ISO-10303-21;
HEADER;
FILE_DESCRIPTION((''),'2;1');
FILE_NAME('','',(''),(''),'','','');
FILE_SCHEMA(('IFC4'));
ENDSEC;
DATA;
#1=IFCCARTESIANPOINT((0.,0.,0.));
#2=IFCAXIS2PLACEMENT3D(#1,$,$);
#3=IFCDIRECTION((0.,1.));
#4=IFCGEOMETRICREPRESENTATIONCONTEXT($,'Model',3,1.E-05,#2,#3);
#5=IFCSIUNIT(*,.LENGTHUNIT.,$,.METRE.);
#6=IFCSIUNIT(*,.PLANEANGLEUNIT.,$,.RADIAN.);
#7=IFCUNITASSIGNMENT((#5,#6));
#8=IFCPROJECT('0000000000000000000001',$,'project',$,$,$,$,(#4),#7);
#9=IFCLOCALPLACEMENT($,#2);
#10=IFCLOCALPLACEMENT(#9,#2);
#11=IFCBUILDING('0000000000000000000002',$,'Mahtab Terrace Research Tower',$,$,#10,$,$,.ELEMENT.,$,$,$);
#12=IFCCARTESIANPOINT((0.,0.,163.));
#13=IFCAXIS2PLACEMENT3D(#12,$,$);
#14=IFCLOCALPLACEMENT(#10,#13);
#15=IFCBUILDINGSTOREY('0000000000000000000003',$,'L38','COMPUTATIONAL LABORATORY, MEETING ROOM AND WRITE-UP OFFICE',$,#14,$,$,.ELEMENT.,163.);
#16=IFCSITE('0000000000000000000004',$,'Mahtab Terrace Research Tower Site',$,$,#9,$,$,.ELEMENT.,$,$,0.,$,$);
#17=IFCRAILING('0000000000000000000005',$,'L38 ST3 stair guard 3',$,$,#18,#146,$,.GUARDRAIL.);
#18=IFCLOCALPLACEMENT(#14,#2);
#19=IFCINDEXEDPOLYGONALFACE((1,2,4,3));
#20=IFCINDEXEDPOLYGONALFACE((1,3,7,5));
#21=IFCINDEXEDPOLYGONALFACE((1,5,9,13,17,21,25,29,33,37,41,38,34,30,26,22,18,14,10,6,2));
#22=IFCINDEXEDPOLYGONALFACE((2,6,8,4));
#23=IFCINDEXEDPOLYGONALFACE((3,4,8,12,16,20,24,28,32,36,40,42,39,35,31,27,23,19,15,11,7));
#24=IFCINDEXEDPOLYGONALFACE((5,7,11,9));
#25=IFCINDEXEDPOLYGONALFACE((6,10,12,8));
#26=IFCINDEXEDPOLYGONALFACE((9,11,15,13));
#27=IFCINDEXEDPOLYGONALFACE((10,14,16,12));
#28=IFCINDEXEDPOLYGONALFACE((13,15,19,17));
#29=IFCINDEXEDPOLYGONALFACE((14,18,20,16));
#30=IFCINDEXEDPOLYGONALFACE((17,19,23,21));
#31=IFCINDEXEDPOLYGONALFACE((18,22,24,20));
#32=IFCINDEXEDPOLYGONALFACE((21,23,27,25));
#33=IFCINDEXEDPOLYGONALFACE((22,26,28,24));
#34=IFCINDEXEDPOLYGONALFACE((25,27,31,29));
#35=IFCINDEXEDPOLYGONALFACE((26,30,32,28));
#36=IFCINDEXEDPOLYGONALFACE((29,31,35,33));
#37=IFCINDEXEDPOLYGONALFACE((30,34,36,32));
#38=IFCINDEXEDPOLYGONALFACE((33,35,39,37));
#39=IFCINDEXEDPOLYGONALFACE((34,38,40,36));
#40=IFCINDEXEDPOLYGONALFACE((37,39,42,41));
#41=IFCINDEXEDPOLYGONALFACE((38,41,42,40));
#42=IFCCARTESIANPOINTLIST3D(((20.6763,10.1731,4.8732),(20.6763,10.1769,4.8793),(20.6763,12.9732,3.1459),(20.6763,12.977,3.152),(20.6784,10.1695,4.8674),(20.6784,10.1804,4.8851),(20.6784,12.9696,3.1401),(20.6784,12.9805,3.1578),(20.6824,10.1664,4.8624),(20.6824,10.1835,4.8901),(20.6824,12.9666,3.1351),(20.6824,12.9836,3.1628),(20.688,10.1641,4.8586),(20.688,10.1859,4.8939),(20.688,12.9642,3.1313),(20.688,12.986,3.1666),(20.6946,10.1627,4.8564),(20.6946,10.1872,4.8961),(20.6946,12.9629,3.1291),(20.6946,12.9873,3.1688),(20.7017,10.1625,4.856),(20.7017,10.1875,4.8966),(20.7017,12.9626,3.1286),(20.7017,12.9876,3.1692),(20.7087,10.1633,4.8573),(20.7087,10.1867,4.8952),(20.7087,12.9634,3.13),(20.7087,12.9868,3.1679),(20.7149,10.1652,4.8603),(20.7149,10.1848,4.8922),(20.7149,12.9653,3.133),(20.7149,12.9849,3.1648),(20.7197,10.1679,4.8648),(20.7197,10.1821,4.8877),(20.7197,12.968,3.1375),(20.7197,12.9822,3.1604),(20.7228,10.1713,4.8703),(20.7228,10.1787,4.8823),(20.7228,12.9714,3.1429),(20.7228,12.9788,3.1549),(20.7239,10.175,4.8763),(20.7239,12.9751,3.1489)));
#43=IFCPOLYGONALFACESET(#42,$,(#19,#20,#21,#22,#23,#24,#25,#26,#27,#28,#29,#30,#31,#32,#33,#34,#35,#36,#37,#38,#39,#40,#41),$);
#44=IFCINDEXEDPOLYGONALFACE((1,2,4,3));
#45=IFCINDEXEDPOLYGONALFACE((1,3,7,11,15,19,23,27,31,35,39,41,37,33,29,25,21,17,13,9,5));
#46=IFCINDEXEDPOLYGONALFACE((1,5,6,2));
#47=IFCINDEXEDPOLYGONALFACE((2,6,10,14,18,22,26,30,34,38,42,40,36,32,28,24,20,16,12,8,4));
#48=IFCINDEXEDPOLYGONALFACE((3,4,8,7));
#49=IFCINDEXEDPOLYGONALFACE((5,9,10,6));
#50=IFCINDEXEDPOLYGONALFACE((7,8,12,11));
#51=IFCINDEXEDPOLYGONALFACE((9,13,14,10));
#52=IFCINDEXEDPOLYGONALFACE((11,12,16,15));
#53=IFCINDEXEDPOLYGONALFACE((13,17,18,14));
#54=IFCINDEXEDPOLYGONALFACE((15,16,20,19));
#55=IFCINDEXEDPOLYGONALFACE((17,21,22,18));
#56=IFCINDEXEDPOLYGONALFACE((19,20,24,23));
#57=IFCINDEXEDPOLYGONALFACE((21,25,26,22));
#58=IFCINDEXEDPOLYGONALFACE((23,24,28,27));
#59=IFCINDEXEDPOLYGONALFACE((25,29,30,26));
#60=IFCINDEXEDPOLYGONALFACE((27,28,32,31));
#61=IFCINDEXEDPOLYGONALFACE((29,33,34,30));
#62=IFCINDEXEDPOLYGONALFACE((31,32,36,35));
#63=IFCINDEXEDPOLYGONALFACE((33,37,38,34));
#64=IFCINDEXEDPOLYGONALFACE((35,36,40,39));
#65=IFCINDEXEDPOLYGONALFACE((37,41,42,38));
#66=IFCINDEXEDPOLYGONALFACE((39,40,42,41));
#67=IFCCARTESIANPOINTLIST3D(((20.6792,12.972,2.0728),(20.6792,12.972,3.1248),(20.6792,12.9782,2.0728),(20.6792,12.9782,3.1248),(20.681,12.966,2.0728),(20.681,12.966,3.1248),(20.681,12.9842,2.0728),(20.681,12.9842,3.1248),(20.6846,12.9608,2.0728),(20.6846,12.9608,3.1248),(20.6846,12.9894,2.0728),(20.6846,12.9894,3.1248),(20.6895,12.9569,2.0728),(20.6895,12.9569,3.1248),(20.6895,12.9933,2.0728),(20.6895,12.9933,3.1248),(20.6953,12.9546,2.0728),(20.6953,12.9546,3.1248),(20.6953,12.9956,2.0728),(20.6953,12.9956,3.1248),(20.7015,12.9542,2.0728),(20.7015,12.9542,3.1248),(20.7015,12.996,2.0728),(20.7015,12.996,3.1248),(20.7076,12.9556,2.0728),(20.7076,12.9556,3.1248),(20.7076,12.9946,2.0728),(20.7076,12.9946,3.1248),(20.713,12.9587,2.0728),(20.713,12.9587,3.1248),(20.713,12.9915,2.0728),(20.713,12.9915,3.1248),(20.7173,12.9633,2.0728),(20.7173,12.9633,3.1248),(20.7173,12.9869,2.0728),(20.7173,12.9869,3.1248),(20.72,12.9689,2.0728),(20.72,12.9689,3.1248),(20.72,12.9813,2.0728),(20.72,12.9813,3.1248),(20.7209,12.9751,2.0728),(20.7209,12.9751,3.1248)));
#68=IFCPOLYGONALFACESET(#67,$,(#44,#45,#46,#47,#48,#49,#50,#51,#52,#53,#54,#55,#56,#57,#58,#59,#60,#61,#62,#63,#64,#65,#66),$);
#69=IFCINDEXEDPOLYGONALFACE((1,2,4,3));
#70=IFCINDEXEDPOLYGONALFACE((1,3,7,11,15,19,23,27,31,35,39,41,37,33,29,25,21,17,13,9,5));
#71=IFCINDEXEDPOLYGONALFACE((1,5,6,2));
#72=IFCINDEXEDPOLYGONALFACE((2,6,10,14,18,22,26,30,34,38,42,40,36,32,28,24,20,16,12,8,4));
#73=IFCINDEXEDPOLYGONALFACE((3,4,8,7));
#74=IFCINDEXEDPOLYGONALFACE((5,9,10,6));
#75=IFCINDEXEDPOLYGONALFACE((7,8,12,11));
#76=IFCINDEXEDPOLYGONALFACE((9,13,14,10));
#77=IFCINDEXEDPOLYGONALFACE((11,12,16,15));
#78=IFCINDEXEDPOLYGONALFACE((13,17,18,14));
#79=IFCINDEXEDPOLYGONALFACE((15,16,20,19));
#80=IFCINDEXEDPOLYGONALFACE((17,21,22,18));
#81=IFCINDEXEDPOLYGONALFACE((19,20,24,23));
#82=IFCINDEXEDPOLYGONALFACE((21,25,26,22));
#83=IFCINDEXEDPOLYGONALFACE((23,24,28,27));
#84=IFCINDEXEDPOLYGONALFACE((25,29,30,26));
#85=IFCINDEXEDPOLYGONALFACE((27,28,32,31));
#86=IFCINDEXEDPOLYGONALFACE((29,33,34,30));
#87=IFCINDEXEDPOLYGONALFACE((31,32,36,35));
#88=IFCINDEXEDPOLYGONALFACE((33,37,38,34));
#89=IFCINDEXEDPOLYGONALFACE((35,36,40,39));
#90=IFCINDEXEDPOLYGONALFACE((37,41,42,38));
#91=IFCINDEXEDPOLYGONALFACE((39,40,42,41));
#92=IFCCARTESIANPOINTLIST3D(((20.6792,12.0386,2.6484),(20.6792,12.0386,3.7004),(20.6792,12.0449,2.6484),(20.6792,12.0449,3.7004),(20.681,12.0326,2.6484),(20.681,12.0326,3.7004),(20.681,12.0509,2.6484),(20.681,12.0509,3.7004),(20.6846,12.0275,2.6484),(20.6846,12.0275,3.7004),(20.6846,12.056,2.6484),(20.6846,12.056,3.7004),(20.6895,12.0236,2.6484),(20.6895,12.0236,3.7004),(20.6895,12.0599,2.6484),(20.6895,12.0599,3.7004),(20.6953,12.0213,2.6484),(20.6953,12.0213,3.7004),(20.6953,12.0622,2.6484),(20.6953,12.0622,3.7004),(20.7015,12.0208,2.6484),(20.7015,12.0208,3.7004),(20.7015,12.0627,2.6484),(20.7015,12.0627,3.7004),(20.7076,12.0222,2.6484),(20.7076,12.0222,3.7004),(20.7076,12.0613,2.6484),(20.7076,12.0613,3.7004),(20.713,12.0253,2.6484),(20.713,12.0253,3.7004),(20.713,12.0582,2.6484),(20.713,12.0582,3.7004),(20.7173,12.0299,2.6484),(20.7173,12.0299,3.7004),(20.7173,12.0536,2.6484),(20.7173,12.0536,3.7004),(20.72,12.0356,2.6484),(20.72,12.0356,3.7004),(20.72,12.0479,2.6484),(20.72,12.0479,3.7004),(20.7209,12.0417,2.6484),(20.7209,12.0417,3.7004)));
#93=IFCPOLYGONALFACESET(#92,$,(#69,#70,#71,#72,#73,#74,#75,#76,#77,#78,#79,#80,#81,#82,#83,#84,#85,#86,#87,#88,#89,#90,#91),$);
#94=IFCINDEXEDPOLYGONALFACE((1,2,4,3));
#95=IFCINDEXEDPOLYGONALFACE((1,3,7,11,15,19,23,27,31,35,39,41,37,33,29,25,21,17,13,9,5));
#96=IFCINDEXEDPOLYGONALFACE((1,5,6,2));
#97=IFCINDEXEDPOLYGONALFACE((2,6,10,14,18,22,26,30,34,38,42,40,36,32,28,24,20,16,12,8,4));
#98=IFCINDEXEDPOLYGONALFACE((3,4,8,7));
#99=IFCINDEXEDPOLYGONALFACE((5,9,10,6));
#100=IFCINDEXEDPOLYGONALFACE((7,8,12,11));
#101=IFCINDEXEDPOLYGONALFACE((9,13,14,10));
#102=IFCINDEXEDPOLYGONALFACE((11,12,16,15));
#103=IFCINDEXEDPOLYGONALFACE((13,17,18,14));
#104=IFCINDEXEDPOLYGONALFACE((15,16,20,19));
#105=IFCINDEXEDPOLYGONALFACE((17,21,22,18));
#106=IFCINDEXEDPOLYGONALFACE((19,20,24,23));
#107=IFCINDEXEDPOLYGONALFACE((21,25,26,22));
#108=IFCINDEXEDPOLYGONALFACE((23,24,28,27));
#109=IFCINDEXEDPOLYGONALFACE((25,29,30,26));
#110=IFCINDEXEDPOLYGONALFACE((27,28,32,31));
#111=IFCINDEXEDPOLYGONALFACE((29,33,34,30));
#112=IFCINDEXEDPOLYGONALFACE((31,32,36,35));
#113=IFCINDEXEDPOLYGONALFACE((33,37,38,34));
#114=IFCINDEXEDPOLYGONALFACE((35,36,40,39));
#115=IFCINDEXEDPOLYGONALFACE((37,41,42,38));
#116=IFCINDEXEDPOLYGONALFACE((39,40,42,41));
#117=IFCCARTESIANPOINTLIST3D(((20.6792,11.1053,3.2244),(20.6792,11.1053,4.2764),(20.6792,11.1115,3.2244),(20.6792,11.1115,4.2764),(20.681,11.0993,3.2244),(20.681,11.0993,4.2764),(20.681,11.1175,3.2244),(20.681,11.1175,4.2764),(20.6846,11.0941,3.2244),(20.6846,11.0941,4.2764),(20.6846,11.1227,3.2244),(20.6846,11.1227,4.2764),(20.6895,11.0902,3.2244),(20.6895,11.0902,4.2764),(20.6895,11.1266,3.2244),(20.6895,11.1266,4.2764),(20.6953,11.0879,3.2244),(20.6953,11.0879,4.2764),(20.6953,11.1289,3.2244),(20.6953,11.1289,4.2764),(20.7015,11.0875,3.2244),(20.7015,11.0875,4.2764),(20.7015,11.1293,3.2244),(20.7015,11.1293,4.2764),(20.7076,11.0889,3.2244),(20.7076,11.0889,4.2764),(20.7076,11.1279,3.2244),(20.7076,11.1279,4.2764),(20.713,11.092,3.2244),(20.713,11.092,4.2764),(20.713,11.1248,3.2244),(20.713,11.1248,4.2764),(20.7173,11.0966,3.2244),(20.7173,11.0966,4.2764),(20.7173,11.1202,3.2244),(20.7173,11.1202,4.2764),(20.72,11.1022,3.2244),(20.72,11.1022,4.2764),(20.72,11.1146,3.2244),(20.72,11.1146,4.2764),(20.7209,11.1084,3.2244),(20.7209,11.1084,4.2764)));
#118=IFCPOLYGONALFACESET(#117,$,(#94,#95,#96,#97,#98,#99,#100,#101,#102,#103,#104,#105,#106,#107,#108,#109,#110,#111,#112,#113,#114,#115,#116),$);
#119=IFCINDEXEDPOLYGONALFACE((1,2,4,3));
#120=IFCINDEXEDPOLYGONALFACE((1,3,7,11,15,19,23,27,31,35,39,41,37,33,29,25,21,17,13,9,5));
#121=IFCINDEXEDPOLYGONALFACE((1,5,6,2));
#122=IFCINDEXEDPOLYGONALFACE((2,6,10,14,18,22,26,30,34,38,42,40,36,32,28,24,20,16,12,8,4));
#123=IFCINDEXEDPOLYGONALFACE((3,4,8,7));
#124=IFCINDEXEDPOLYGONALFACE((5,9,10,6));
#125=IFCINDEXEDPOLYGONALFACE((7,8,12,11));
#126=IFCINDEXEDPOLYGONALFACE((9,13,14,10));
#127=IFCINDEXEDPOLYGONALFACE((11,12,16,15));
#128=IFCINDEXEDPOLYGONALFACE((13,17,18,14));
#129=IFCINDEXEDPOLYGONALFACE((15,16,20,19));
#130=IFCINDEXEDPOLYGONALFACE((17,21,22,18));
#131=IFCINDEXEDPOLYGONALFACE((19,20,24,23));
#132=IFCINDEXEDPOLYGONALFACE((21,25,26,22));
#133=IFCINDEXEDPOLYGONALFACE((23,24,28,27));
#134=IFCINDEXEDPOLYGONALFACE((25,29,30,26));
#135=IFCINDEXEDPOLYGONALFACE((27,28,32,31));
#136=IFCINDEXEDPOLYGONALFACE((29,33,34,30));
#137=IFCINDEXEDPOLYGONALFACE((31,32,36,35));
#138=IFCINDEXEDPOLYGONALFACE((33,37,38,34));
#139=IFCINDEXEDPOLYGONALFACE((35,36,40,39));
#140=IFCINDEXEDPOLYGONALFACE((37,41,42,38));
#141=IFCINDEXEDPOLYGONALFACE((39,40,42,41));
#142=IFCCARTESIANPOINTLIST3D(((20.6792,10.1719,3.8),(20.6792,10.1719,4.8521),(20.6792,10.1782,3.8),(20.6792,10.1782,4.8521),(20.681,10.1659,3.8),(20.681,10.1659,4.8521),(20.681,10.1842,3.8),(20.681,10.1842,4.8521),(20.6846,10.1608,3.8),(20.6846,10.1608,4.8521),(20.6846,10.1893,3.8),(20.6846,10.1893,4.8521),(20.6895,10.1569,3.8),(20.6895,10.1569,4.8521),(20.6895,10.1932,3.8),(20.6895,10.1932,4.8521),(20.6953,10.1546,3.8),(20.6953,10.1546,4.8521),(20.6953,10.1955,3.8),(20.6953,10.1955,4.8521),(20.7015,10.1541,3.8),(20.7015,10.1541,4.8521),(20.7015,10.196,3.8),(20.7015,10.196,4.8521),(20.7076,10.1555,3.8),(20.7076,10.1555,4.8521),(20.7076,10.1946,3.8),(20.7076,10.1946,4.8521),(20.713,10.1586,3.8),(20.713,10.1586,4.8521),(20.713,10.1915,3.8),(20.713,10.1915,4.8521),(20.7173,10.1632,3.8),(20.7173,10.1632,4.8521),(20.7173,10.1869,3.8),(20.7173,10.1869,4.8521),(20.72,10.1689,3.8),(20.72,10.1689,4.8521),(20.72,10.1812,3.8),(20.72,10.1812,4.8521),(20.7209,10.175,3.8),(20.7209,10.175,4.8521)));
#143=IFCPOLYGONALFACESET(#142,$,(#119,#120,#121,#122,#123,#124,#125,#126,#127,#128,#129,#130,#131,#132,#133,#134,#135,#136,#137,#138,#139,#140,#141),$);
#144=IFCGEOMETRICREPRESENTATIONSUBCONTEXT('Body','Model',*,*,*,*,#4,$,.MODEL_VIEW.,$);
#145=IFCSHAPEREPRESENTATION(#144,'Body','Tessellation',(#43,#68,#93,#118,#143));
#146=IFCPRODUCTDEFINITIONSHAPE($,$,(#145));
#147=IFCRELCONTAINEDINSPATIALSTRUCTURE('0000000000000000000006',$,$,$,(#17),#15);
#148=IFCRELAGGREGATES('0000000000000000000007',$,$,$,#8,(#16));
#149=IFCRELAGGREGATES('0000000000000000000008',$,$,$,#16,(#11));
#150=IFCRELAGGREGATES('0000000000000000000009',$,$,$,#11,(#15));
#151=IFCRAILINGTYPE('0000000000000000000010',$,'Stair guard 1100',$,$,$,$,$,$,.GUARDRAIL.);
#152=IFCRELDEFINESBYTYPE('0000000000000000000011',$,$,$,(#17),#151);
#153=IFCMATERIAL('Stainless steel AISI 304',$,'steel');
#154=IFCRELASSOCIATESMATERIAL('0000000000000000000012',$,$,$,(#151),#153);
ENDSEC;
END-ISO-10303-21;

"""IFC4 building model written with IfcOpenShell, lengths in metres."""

from ifc_helpers import new_model, si_unit, direction, frame, origin, origin_2d, place, context, subcontext, project, spatial, circle, extrude, material, type_object, element, save


model = new_model("IFC4")

# Units and contexts
model_context = context("Model", 3, precision=1e-05, world=origin(), true_north=direction((0.0, 1.0)))
body_context = subcontext(model_context, "Body", "Model", "MODEL_VIEW")
ifc_project = project(units=[si_unit("LENGTHUNIT", "METRE"), si_unit("PLANEANGLEUNIT", "RADIAN")], contexts=[model_context])

# Site, building, storey
site_placement = place(None, origin())
site = spatial("IfcSite", under=ifc_project, at=site_placement, Name="Mahtab Terrace Research Tower Site", CompositionType="ELEMENT", RefElevation=0.0)
building_placement = place(site_placement, origin())
building = spatial("IfcBuilding", under=site, at=building_placement, Name="Mahtab Terrace Research Tower", CompositionType="ELEMENT")
storey_placement = place(building_placement, frame((0.0, 0.0, 163.0)))
storey = spatial("IfcBuildingStorey", under=building, at=storey_placement, Name="L38", Description="COMPUTATIONAL LABORATORY, MEETING ROOM AND WRITE-UP OFFICE", CompositionType="ELEMENT", Elevation=163.0)

# Railing
ifc_material_1 = material(Name="Stainless steel AISI 304", Category="steel")
railing_type_1 = type_object("IfcRailingType", Name="Stair guard 1100", PredefinedType="GUARDRAIL", material=ifc_material_1)
railing_1_placement = place(storey_placement, frame((20.7, 12.9751, 2.0728)))
element("IfcRailing", 1, at=railing_1_placement, inside=storey, type_object=railing_type_1, Name="L38 ST3 stair guard 3", PredefinedType="GUARDRAIL", context=body_context, shape_type="SweptSolid", body=[
    extrude(circle(Radius=0.0239, at=origin_2d()), frame((0.0, 0.0, 1.0762), z_axis=(0.0, -0.85109, 0.52502), x_axis=(1.0, 0.0, 0.0)), (0.0, 0.0, 1.0), 3.29),
    extrude(circle(Radius=0.021, at=origin_2d()), origin(), (0.0, 0.0, 1.0), 1.052),
    extrude(circle(Radius=0.021, at=origin_2d()), frame((0.0, -0.9333, 0.5757)), (0.0, 0.0, 1.0), 1.052),
    extrude(circle(Radius=0.021, at=origin_2d()), frame((0.0, -1.8667, 1.1516)), (0.0, 0.0, 1.0), 1.052),
    extrude(circle(Radius=0.021, at=origin_2d()), frame((0.0, -2.8, 1.7273)), (0.0, 0.0, 1.0), 1.052),
])

save(model, "model.ifc")
